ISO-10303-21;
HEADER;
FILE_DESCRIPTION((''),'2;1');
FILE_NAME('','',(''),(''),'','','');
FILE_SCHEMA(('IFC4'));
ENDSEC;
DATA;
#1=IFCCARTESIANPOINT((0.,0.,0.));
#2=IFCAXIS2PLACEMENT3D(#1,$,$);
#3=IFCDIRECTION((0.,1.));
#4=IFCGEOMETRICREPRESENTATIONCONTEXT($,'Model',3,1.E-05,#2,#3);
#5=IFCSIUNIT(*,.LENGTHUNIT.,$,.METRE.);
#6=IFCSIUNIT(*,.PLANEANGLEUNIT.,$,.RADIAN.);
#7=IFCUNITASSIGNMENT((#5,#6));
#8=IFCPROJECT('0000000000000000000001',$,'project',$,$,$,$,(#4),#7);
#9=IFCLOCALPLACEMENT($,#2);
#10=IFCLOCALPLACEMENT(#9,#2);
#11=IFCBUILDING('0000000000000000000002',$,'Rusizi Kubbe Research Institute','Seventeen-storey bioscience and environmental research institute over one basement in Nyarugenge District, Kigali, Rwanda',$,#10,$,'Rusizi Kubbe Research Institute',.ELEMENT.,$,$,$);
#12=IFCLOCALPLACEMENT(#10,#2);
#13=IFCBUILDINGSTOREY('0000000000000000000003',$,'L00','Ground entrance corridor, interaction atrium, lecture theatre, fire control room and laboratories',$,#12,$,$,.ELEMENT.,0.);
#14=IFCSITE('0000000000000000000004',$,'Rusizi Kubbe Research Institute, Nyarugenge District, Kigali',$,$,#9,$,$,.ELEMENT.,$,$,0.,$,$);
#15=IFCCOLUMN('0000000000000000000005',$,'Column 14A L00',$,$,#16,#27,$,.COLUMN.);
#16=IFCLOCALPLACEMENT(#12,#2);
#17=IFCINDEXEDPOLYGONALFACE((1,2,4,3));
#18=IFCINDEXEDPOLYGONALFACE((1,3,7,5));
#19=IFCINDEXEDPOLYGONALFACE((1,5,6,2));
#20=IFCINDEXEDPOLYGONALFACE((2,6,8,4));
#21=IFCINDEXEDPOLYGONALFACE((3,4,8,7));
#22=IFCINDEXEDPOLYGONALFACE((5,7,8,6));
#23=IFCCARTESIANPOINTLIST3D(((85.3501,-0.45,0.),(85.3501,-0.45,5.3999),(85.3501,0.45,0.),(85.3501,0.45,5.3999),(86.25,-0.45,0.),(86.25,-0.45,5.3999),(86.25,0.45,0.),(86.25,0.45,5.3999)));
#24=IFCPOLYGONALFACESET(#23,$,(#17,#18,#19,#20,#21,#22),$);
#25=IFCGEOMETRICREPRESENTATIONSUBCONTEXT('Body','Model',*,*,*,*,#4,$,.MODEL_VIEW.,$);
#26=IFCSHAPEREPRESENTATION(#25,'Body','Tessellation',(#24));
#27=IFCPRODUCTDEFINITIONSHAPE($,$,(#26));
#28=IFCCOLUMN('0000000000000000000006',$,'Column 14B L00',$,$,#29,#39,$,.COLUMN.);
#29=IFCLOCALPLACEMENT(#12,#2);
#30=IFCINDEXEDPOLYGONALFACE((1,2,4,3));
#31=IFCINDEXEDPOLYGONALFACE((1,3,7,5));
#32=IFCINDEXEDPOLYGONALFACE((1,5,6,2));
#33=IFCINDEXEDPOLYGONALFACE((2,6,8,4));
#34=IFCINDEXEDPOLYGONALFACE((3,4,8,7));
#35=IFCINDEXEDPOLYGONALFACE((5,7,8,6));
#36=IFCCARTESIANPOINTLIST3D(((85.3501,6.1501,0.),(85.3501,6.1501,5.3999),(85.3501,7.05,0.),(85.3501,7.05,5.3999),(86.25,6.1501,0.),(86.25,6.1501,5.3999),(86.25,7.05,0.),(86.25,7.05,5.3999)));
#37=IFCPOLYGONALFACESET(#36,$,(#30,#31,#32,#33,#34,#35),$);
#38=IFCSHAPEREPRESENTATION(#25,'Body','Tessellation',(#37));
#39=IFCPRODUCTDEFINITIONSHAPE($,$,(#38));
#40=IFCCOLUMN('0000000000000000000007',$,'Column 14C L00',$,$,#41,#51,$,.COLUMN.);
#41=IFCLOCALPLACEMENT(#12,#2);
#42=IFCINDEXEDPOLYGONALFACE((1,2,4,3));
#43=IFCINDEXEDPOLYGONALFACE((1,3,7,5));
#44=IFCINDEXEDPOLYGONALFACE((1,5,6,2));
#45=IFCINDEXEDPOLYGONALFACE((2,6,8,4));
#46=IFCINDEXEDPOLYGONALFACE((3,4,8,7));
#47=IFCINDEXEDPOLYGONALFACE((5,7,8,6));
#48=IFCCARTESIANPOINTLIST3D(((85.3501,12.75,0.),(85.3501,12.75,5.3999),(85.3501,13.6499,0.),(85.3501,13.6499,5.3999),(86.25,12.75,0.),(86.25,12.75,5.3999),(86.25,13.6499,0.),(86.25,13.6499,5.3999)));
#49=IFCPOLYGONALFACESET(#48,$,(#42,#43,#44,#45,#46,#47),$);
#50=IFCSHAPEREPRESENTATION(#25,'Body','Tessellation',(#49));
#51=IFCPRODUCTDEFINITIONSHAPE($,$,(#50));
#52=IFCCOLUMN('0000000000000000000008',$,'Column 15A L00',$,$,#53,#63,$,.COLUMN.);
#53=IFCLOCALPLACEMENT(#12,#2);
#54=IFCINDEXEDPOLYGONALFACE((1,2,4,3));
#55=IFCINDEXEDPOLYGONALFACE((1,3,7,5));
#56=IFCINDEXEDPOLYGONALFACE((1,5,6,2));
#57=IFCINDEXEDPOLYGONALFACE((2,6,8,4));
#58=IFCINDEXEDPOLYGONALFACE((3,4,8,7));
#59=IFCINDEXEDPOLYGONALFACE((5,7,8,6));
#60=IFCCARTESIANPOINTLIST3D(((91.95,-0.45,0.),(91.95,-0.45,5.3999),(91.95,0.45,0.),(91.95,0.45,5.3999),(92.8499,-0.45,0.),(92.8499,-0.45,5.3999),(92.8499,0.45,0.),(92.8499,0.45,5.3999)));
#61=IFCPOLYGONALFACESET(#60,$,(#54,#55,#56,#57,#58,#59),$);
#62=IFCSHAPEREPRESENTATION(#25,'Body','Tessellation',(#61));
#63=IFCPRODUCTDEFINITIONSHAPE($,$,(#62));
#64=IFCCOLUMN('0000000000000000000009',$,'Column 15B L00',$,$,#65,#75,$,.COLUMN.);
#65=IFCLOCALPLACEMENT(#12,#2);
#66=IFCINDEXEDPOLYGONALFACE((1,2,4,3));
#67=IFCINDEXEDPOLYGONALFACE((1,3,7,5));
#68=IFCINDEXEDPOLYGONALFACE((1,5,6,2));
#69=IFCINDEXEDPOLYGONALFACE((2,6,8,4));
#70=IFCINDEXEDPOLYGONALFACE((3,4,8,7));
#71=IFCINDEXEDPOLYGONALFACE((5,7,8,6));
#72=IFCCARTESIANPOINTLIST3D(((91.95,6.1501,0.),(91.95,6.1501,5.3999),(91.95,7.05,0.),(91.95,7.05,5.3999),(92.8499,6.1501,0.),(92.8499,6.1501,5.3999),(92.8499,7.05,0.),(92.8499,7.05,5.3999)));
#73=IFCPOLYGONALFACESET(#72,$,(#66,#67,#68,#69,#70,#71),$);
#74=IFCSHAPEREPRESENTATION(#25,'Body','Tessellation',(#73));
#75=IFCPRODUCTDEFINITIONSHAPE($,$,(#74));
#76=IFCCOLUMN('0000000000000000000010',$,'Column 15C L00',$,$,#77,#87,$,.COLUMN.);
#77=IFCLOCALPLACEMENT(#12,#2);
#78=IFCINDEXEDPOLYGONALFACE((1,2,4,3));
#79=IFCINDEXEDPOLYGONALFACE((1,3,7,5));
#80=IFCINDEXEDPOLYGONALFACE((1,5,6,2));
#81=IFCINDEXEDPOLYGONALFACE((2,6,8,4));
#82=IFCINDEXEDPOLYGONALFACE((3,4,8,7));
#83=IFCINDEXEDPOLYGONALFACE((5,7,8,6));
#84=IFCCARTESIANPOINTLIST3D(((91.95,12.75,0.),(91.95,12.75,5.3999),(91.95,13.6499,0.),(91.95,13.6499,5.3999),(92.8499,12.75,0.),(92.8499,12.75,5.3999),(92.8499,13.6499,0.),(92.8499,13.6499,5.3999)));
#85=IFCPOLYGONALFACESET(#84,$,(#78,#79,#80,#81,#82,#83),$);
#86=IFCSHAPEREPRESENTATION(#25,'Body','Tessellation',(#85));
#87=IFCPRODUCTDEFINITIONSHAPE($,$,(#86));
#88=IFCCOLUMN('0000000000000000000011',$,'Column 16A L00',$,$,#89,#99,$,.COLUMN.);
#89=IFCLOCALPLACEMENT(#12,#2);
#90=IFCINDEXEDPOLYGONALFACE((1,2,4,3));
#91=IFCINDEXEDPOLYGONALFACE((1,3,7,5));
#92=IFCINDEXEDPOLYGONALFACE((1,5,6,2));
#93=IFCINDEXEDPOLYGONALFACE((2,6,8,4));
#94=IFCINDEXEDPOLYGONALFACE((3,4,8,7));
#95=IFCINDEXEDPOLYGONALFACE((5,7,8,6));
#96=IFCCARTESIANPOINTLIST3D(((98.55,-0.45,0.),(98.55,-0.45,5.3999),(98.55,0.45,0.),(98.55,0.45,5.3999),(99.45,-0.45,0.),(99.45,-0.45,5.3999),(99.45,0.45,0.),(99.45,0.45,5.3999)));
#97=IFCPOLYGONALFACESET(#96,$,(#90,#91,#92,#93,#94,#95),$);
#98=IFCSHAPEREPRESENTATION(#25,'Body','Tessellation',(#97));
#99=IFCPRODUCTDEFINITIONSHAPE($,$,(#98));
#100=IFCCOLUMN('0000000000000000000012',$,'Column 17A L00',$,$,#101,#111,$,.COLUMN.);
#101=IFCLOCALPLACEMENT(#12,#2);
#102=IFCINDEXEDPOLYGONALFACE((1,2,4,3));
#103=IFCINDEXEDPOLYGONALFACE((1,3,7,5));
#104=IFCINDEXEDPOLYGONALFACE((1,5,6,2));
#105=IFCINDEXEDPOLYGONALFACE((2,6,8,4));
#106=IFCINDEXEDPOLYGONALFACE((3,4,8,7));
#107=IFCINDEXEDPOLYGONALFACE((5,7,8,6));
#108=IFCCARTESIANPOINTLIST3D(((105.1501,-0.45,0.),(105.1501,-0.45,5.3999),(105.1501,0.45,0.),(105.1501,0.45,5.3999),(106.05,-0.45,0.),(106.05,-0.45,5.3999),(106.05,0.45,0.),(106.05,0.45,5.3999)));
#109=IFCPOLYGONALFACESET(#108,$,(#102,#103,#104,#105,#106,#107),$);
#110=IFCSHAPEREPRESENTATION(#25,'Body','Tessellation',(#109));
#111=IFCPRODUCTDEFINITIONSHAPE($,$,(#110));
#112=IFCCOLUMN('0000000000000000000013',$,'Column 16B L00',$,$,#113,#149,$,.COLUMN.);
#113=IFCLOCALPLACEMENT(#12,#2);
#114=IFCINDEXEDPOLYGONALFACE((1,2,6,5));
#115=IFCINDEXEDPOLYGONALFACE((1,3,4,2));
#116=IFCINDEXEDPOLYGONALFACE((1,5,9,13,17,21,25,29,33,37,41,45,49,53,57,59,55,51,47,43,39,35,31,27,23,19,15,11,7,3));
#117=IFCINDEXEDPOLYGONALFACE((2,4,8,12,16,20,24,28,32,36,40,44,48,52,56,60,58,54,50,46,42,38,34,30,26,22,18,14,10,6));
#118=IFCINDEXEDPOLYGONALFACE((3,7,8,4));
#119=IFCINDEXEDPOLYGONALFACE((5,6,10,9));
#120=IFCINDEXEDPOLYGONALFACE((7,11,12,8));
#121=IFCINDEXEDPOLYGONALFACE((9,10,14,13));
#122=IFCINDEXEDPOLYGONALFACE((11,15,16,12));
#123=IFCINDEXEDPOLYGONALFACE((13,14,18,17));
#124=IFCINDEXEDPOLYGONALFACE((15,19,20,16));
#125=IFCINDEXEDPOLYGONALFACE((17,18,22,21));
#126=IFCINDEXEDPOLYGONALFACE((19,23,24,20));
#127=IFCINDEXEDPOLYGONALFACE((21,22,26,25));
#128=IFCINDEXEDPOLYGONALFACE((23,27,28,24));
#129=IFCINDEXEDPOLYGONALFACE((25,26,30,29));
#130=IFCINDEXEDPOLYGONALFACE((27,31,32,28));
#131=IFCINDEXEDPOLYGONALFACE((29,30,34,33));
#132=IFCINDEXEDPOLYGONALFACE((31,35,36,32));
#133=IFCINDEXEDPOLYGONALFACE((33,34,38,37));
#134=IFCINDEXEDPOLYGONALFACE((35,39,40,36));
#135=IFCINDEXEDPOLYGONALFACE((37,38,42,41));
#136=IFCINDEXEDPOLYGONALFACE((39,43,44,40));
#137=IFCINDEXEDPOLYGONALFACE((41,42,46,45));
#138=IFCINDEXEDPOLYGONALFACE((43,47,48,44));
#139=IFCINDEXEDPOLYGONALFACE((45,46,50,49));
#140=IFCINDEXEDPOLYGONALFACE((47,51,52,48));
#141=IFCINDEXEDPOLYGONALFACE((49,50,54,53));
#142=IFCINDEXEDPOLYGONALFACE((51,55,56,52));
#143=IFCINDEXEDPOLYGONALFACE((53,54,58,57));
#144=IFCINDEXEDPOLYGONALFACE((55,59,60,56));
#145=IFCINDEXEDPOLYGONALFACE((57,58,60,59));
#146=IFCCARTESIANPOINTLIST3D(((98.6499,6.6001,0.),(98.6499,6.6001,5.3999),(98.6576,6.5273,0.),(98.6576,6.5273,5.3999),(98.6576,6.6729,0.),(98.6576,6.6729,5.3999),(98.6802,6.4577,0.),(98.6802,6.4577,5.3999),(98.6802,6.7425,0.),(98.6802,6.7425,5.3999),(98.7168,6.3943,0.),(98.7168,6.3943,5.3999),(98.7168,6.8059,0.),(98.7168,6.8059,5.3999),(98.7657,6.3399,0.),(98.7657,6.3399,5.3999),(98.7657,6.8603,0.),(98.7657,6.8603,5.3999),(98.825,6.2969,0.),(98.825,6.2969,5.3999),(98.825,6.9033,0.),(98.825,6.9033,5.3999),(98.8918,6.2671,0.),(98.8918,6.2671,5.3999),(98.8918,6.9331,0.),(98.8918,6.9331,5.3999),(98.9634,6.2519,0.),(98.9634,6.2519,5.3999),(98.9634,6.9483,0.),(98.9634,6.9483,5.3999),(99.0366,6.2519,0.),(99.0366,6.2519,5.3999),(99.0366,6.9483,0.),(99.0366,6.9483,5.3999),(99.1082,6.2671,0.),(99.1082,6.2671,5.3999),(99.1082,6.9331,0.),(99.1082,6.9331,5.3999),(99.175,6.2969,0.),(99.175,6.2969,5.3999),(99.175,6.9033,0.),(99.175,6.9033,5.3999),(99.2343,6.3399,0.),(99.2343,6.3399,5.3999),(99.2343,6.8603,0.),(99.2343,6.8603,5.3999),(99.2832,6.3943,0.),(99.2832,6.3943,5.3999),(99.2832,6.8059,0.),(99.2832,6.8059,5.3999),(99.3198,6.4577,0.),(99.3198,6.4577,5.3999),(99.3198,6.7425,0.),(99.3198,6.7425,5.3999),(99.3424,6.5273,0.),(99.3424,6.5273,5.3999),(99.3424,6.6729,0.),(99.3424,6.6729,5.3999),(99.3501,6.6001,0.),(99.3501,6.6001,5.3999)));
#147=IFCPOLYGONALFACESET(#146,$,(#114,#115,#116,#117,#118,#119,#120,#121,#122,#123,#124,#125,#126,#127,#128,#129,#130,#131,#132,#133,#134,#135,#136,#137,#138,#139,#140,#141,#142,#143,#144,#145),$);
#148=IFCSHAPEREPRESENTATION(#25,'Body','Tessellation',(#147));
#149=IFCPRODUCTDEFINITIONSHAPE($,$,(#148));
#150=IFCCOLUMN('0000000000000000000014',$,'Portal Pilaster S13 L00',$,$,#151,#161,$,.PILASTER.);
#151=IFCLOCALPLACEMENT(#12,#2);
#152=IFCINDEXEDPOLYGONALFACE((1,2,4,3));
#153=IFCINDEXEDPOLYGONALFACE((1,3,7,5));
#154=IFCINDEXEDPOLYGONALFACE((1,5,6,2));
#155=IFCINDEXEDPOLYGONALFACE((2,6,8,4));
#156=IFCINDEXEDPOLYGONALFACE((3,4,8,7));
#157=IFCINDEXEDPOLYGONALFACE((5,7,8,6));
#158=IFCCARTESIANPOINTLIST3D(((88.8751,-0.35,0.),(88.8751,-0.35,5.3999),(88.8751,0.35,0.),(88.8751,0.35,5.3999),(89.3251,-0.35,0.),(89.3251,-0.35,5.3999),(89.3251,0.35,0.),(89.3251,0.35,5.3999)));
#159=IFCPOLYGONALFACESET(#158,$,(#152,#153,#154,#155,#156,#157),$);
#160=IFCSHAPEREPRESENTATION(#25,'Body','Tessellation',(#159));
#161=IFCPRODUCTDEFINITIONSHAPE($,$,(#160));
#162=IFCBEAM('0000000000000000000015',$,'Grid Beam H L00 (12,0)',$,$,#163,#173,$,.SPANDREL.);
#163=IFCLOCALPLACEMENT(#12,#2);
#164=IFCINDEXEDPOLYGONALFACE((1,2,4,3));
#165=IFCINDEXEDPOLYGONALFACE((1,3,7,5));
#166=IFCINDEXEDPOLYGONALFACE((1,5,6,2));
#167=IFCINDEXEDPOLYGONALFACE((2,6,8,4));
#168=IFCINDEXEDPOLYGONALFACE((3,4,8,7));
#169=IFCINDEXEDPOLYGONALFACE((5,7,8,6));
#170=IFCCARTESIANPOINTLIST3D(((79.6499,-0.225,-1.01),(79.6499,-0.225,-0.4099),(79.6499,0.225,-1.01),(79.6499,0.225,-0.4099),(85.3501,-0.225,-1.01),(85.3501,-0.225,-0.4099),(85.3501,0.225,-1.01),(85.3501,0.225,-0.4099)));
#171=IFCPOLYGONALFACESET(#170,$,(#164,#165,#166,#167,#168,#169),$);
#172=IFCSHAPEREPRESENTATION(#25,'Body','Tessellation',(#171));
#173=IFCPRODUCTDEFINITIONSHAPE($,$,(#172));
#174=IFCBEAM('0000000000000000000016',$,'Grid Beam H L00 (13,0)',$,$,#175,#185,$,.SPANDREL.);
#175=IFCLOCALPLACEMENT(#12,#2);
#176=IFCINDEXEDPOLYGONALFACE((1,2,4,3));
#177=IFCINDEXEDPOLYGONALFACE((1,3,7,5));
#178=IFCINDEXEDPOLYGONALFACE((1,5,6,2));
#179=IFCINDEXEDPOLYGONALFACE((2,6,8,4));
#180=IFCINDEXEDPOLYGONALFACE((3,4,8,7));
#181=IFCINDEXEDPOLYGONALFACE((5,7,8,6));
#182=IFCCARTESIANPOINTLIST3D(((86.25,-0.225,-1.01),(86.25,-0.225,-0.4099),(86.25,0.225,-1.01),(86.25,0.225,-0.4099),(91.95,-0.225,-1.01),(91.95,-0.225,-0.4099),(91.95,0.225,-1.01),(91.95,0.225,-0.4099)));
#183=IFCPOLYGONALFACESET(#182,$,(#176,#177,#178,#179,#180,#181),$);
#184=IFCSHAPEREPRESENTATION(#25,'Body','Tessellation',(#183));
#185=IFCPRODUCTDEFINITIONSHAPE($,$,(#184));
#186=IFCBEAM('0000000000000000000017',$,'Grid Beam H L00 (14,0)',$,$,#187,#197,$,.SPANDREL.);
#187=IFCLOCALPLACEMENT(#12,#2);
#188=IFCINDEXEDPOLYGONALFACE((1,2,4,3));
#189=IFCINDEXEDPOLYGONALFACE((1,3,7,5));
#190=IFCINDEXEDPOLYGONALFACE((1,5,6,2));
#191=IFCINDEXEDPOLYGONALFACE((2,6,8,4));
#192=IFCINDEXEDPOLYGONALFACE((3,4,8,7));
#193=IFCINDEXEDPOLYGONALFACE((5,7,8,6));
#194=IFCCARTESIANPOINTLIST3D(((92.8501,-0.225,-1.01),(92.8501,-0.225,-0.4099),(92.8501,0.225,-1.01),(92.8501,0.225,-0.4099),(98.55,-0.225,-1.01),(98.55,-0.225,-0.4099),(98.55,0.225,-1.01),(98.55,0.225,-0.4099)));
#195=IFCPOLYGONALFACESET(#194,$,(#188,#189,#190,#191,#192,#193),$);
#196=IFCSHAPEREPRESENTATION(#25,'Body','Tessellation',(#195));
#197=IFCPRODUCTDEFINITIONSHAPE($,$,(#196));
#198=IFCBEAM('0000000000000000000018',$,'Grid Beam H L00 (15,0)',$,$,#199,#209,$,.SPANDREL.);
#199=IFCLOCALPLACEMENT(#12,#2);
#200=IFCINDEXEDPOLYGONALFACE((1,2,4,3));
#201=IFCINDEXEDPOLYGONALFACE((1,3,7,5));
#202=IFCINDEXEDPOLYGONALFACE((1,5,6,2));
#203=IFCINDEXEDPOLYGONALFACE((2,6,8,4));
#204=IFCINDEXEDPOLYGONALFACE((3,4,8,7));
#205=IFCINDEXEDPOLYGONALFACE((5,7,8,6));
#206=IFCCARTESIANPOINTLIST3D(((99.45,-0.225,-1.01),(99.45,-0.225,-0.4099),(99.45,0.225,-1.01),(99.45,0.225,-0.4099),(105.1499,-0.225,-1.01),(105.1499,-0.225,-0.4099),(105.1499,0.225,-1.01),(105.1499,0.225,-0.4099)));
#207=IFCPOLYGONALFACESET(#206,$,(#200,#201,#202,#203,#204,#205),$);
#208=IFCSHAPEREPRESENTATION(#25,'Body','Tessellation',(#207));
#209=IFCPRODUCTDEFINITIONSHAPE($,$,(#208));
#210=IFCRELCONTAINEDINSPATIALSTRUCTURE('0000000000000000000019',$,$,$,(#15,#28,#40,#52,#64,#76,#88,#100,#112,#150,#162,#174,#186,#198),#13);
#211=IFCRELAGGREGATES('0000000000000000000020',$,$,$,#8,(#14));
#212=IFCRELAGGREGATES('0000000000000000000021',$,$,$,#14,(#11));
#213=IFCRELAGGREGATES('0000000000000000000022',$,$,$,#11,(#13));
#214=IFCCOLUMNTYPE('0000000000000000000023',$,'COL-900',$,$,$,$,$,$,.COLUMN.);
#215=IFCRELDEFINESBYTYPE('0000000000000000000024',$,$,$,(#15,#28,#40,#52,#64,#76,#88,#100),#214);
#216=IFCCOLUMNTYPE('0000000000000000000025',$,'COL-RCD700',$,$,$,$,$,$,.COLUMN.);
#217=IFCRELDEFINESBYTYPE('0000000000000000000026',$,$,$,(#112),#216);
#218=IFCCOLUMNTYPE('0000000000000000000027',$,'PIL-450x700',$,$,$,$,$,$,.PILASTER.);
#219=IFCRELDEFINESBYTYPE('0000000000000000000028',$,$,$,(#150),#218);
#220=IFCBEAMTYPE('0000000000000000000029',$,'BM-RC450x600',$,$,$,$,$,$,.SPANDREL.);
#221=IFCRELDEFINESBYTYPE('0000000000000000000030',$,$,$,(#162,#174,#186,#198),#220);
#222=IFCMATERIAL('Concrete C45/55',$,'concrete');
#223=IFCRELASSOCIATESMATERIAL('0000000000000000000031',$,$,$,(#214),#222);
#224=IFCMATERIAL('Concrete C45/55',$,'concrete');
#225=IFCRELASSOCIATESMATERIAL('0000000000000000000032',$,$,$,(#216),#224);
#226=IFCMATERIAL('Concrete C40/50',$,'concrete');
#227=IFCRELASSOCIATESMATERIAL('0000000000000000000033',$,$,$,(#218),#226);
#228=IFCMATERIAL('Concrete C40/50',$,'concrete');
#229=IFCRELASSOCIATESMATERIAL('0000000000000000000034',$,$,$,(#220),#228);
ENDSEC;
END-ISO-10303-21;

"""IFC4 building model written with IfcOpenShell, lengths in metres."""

from ifc_helpers import new_model, si_unit, direction, frame, origin, origin_2d, place, context, subcontext, project, spatial, rectangle, circle, extrude, material, material_profile, profile_set, type_object, element, save


model = new_model("IFC4")

# Units and contexts
model_context = context("Model", 3, precision=1e-05, world=origin(), true_north=direction((0.0, 1.0)))
body_context = subcontext(model_context, "Body", "Model", "MODEL_VIEW")
ifc_project = project(units=[si_unit("LENGTHUNIT", "METRE"), si_unit("PLANEANGLEUNIT", "RADIAN")], contexts=[model_context])

# Site, building, storey
site_placement = place(None, origin())
site = spatial("IfcSite", under=ifc_project, at=site_placement, Name="Rusizi Kubbe Research Institute, Nyarugenge District, Kigali", CompositionType="ELEMENT", RefElevation=0.0)
building_placement = place(site_placement, origin())
building = spatial("IfcBuilding", under=site, at=building_placement, Name="Rusizi Kubbe Research Institute", Description="Seventeen-storey bioscience and environmental research institute over one basement in Nyarugenge District, Kigali, Rwanda", LongName="Rusizi Kubbe Research Institute", CompositionType="ELEMENT")
storey_placement = place(building_placement, origin())
storey = spatial("IfcBuildingStorey", under=building, at=storey_placement, Name="L00", Description="Ground entrance corridor, interaction atrium, lecture theatre, fire control room and laboratories", CompositionType="ELEMENT", Elevation=0.0)

# Columns
ifc_material_1 = material(Name="Concrete C45/55", Category="concrete")
ifc_material_profile_1 = material_profile(ifc_material_1, rectangle(XDim=0.8999, YDim=0.8999, at=origin_2d()), Name="RC900x900")
ifc_profile_set_1 = profile_set([ifc_material_profile_1], Name="Concrete C45/55")
column_type_1 = type_object("IfcColumnType", Name="COL-900", PredefinedType="COLUMN", material=ifc_profile_set_1)
for number, where, z_axis, x_axis, name in (
    (1, (85.8, 0.0, 0.0), (0.0, 0.0, 1.0), (1.0, 0.0, 0.0), "Column 14A L00"),
    (2, (85.8, 6.6001, 0.0), (0.0, 0.0, 1.0), (1.0, 0.0, 0.0), "Column 14B L00"),
    (3, (85.8, 13.2, 0.0), (0.0, 0.0, 1.0), (1.0, 0.0, 0.0), "Column 14C L00"),
    (4, (92.3999, 0.0, 0.0), (0.0, 0.0, 1.0), (1.0, 0.0, 0.0), "Column 15A L00"),
    (5, (92.3999, 6.6001, 0.0), (0.0, 0.0, 1.0), (1.0, 0.0, 0.0), "Column 15B L00"),
    (6, (92.3999, 13.2, 0.0), (0.0, 0.0, 1.0), (1.0, 0.0, 0.0), "Column 15C L00"),
    (7, (99.0, 0.0, 0.0), (0.0, 0.0, 1.0), (1.0, 0.0, 0.0), "Column 16A L00"),
    (8, (105.6001, 0.0, 0.0), (0.0, 0.0, 1.0), (1.0, 0.0, 0.0), "Column 17A L00"),
):
    element("IfcColumn", number, at=place(storey_placement, frame(where, z_axis=z_axis, x_axis=x_axis)), inside=storey, type_object=column_type_1, Name=name, PredefinedType="COLUMN", context=body_context, shape_type="SweptSolid", body=[
        extrude(rectangle(XDim=0.8999, YDim=0.8999, at=origin_2d()), origin(), (0.0, 0.0, 1.0), 5.3999),
    ])
ifc_material_2 = material(Name="Concrete C45/55", Category="concrete")
ifc_material_profile_2 = material_profile(ifc_material_2, circle(Radius=0.3501, at=origin_2d()), Name="RCD700")
ifc_profile_set_2 = profile_set([ifc_material_profile_2], Name="Concrete C45/55")
column_type_2 = type_object("IfcColumnType", Name="COL-RCD700", PredefinedType="COLUMN", material=ifc_profile_set_2)
column_1_placement = place(storey_placement, frame((99.0, 6.6001, 0.0), z_axis=(0.0, 0.0, 1.0), x_axis=(1.0, 0.0, 0.0)))
element("IfcColumn", 9, at=column_1_placement, inside=storey, type_object=column_type_2, Name="Column 16B L00", PredefinedType="COLUMN", context=body_context, shape_type="SweptSolid", body=[
    extrude(circle(Radius=0.3501, at=origin_2d()), origin(), (0.0, 0.0, 1.0), 5.3999),
])
ifc_material_3 = material(Name="Concrete C40/50", Category="concrete")
ifc_material_profile_3 = material_profile(ifc_material_3, rectangle(XDim=0.45, YDim=0.7, at=origin_2d()), Name="RC450x700")
ifc_profile_set_3 = profile_set([ifc_material_profile_3], Name="Concrete C40/50")
column_type_3 = type_object("IfcColumnType", Name="PIL-450x700", PredefinedType="PILASTER", material=ifc_profile_set_3)
column_2_placement = place(storey_placement, frame((89.1001, 0.0, 0.0), z_axis=(0.0, 0.0, 1.0), x_axis=(1.0, 0.0, 0.0)))
element("IfcColumn", 10, at=column_2_placement, inside=storey, type_object=column_type_3, Name="Portal Pilaster S13 L00", PredefinedType="PILASTER", context=body_context, shape_type="SweptSolid", body=[
    extrude(rectangle(XDim=0.45, YDim=0.7, at=origin_2d()), origin(), (0.0, 0.0, 1.0), 5.3999),
])

# Beams
ifc_material_4 = material(Name="Concrete C40/50", Category="concrete")
ifc_material_profile_4 = material_profile(ifc_material_4, rectangle(XDim=0.45, YDim=0.6001, at=origin_2d()), Name="RC450x600")
ifc_profile_set_4 = profile_set([ifc_material_profile_4], Name="Concrete C40/50")
beam_type_1 = type_object("IfcBeamType", Name="BM-RC450x600", PredefinedType="SPANDREL", material=ifc_profile_set_4)
beam_1_placement = place(storey_placement, frame((79.6499, 0.0, -0.71), z_axis=(1.0, 0.0, 0.0), x_axis=(0.0, 1.0, 0.0)))
element("IfcBeam", 11, at=beam_1_placement, inside=storey, type_object=beam_type_1, Name="Grid Beam H L00 (12,0)", PredefinedType="SPANDREL", context=body_context, shape_type="SweptSolid", body=[
    extrude(rectangle(XDim=0.45, YDim=0.6001, at=origin_2d()), origin(), (0.0, 0.0, 1.0), 5.7002),
])
for number, where, z_axis, x_axis, name in (
    (12, (86.25, 0.0, -0.71), (1.0, 0.0, 0.0), (0.0, 1.0, 0.0), "Grid Beam H L00 (13,0)"),
    (13, (92.8501, 0.0, -0.71), (1.0, 0.0, 0.0), (0.0, 1.0, 0.0), "Grid Beam H L00 (14,0)"),
    (14, (99.45, 0.0, -0.71), (1.0, 0.0, 0.0), (0.0, 1.0, 0.0), "Grid Beam H L00 (15,0)"),
):
    element("IfcBeam", number, at=place(storey_placement, frame(where, z_axis=z_axis, x_axis=x_axis)), inside=storey, type_object=beam_type_1, Name=name, PredefinedType="SPANDREL", context=body_context, shape_type="SweptSolid", body=[
        extrude(rectangle(XDim=0.45, YDim=0.6001, at=origin_2d()), origin(), (0.0, 0.0, 1.0), 5.7),
    ])

save(model, "model.ifc")
